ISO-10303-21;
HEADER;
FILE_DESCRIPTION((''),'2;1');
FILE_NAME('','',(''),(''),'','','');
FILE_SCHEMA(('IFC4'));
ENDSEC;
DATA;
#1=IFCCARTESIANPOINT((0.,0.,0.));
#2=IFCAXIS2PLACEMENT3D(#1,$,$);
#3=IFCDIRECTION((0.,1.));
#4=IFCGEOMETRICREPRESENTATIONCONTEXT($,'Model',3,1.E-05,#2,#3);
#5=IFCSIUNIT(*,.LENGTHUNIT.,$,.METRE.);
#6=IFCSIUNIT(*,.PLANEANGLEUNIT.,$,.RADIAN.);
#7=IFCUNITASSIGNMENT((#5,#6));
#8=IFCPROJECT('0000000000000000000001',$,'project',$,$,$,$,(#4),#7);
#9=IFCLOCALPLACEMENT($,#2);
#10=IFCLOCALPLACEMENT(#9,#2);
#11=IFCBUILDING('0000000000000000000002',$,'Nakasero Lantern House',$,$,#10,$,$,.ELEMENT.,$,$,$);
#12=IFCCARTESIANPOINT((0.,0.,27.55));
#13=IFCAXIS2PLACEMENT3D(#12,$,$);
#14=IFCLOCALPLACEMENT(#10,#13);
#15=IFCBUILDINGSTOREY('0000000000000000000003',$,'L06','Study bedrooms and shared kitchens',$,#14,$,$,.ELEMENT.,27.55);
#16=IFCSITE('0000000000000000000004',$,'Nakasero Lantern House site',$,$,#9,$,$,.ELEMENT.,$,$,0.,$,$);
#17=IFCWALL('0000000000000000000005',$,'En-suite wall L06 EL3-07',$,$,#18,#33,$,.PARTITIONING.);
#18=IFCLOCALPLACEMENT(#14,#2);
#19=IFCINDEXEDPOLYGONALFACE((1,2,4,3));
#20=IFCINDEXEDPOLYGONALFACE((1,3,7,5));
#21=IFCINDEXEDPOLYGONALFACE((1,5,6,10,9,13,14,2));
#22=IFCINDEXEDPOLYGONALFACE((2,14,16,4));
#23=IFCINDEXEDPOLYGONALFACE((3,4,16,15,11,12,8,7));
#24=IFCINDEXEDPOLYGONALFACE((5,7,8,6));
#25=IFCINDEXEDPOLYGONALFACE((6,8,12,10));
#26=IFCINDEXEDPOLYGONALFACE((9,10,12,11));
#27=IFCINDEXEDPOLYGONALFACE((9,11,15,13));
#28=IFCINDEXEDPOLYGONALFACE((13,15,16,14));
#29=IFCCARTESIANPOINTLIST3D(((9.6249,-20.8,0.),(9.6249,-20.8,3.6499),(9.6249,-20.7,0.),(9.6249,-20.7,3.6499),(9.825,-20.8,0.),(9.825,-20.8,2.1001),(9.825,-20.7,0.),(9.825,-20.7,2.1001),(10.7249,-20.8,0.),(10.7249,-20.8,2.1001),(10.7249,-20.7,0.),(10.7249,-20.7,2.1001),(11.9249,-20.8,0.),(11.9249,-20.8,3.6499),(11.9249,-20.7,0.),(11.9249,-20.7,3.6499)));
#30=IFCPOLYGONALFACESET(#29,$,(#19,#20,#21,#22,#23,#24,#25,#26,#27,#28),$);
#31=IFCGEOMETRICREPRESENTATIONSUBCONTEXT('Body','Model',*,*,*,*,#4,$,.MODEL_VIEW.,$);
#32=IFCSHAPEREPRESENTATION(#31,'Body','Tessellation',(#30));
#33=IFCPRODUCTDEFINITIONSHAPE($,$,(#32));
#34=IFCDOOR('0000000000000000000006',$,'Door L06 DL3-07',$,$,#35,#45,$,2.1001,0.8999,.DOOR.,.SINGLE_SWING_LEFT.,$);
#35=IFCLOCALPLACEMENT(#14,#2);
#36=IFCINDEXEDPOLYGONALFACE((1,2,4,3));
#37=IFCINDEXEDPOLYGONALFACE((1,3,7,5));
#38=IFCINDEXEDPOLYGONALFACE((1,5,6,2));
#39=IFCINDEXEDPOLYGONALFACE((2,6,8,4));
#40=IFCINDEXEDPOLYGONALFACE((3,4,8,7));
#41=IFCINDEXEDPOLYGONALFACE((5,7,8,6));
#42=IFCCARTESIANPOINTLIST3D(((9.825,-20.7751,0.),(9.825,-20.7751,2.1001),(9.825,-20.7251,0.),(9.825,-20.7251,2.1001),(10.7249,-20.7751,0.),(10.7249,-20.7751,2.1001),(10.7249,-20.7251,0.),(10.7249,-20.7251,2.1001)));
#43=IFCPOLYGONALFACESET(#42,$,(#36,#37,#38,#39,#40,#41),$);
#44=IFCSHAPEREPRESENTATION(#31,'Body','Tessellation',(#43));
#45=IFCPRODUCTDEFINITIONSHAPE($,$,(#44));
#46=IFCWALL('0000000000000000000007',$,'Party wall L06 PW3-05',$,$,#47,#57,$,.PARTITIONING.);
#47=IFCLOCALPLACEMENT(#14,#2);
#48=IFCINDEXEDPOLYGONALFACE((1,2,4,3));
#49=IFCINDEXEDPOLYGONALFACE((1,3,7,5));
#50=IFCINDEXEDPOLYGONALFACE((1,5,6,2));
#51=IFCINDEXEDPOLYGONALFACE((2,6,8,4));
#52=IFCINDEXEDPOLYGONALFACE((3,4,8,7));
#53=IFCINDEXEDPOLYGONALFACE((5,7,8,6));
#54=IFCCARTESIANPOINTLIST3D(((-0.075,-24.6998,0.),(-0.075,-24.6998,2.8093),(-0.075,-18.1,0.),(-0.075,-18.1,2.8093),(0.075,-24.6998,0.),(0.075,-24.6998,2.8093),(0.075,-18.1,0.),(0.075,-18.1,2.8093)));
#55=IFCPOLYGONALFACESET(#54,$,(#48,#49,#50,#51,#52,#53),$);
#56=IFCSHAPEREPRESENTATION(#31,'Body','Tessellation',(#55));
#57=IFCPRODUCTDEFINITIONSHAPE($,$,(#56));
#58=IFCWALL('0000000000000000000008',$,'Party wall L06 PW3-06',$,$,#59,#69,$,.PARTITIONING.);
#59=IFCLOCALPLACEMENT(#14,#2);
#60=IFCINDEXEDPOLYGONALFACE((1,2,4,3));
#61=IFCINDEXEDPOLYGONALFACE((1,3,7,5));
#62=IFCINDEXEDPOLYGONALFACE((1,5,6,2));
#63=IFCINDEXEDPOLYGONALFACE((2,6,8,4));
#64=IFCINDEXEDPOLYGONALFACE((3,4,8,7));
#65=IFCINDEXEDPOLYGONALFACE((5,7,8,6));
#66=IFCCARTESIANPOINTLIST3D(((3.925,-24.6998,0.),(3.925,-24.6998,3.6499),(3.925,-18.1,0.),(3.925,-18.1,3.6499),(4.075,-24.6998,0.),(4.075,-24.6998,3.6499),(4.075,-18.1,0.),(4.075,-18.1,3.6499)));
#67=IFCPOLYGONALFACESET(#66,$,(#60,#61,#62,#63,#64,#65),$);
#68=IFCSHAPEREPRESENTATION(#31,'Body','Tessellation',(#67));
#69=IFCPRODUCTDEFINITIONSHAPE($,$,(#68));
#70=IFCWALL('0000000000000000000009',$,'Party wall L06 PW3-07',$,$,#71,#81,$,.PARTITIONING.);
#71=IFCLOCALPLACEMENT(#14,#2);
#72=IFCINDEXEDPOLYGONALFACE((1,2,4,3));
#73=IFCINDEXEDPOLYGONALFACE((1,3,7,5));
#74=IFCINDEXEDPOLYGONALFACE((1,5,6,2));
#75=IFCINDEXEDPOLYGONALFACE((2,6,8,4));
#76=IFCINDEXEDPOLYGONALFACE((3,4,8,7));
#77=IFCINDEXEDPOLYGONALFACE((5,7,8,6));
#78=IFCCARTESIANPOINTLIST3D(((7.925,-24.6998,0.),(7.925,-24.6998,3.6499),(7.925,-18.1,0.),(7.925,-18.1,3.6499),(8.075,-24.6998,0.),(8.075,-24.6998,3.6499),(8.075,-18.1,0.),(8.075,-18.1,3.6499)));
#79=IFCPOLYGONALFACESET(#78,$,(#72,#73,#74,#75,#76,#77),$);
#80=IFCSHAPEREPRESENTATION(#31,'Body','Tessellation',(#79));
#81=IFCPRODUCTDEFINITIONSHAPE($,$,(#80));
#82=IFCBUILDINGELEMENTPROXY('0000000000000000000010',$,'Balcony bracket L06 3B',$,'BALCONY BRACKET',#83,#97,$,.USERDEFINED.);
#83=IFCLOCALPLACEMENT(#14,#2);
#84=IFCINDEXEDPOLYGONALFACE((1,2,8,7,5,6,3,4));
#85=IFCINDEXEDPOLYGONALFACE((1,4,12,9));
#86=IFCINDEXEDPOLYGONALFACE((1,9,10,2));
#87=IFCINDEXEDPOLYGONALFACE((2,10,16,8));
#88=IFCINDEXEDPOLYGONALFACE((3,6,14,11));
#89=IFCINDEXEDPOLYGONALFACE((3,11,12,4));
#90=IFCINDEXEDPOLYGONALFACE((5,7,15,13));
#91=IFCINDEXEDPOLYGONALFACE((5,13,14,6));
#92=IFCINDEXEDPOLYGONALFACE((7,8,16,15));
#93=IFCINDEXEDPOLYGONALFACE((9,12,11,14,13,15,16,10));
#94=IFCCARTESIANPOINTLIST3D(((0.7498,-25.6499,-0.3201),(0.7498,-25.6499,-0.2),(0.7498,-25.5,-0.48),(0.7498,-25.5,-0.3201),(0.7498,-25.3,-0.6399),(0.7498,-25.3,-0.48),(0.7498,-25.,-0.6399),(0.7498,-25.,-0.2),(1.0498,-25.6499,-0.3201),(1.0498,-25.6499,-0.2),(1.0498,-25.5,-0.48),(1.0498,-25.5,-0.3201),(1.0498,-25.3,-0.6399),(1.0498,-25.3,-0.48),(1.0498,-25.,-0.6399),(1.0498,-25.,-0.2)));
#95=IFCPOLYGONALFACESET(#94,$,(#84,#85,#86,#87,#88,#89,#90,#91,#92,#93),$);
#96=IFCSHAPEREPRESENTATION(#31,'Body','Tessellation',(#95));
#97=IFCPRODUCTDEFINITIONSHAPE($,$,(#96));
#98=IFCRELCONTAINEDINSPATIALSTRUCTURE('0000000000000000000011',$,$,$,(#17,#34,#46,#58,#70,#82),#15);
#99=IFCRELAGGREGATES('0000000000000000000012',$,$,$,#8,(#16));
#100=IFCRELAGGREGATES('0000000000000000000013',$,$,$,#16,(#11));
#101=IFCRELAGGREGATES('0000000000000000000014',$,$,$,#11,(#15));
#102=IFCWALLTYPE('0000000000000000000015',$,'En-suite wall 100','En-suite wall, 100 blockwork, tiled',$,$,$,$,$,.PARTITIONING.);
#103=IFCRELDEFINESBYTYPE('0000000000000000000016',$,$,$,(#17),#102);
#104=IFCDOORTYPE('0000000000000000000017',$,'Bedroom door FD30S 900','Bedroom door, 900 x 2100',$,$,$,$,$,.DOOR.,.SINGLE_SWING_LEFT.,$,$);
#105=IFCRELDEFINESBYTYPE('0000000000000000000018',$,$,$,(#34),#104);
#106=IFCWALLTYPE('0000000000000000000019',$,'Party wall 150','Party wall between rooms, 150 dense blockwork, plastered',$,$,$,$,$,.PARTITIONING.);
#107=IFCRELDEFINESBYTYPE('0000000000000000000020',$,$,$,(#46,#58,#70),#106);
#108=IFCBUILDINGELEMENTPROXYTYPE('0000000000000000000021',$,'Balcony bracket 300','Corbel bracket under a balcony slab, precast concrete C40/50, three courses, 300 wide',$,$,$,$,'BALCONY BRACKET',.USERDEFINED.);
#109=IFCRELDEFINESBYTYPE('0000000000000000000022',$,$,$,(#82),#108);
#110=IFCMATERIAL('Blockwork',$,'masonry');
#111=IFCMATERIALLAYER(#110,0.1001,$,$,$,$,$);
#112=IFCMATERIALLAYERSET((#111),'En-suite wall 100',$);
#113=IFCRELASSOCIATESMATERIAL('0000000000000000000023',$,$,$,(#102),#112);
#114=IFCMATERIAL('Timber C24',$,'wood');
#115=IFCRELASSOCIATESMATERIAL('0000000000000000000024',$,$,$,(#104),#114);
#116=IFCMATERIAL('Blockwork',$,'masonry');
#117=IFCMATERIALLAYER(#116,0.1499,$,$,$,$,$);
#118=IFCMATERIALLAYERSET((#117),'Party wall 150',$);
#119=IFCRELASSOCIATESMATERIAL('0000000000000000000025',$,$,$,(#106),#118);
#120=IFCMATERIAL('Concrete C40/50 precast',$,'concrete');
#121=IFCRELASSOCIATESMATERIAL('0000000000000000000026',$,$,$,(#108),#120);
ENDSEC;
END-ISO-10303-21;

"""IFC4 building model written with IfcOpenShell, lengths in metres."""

from ifc_helpers import new_model, si_unit, direction, frame, frame_2d, origin, place, context, subcontext, project, spatial, polyline, rectangle, outline, extrude, material, layer, layer_set, type_object, element, fill, save


model = new_model("IFC4")

# Units and contexts
model_context = context("Model", 3, precision=1e-05, world=origin(), true_north=direction((0.0, 1.0)))
body_context = subcontext(model_context, "Body", "Model", "MODEL_VIEW")
ifc_project = project(units=[si_unit("LENGTHUNIT", "METRE"), si_unit("PLANEANGLEUNIT", "RADIAN")], contexts=[model_context])

# Site, building, storey
site_placement = place(None, origin())
site = spatial("IfcSite", under=ifc_project, at=site_placement, Name="Nakasero Lantern House site", CompositionType="ELEMENT", RefElevation=0.0)
building_placement = place(site_placement, origin())
building = spatial("IfcBuilding", under=site, at=building_placement, Name="Nakasero Lantern House", CompositionType="ELEMENT")
storey_placement = place(building_placement, frame((0.0, 0.0, 27.55)))
storey = spatial("IfcBuildingStorey", under=building, at=storey_placement, Name="L06", Description="Study bedrooms and shared kitchens", CompositionType="ELEMENT", Elevation=27.55)

# Shared definitions
ifc_material_1 = material(Name="Blockwork", Category="masonry")
ifc_layer_1 = layer(ifc_material_1, 0.1001)
ifc_layer_set_1 = layer_set([ifc_layer_1], Name="En-suite wall 100")
wall_type_1 = type_object("IfcWallType", Name="En-suite wall 100", Description="En-suite wall, 100 blockwork, tiled", PredefinedType="PARTITIONING", material=ifc_layer_set_1)

# Wall, opening, door
ifc_material_2 = material(Name="Timber C24", Category="wood")
door_type_1 = type_object("IfcDoorType", Name="Bedroom door FD30S 900", Description="Bedroom door, 900 x 2100", OperationType="SINGLE_SWING_LEFT", PredefinedType="DOOR", material=ifc_material_2)
wall_1_placement = place(storey_placement, frame((9.625, -20.75, 0.0), z_axis=(0.0, 0.0, 1.0), x_axis=(1.0, 0.0, 0.0)))
wall_1 = element("IfcWall", 1, at=wall_1_placement, inside=storey, type_object=wall_type_1, Name="En-suite wall L06 EL3-07", PredefinedType="PARTITIONING", context=body_context, shape_type="SweptSolid", body=[
    extrude(rectangle(XDim=2.3, YDim=0.1001, at=frame_2d((1.1499, 0.0))), origin(), (0.0, 0.0, 1.0), 3.6499),
])
opening_1_placement = place(wall_1_placement, frame((0.2, 0.0, 0.0)))
opening_1 = element("IfcOpeningElement", 2, at=opening_1_placement, cuts=wall_1, PredefinedType="OPENING", context=body_context, shape_type="SweptSolid", body=[
    extrude(rectangle(XDim=0.8999, YDim=2.1001, at=frame_2d((0.45, 1.05))), frame((0.0, 0.0701, 0.0), z_axis=(0.0, -1.0, 0.0), x_axis=(1.0, 0.0, 0.0)), (0.0, 0.0, 1.0), 0.1401),
])
door_1_placement = place(opening_1_placement, origin())
door_1 = element("IfcDoor", 3, at=door_1_placement, inside=storey, type_object=door_type_1, Name="Door L06 DL3-07", OperationType="SINGLE_SWING_LEFT", OverallHeight=2.1001, OverallWidth=0.8999, PredefinedType="DOOR", context=body_context, shape_type="SweptSolid", body=[
    extrude(rectangle(XDim=0.8999, YDim=2.1001, at=frame_2d((0.45, 1.05))), frame((0.0, 0.0249, 0.0), z_axis=(0.0, -1.0, 0.0), x_axis=(1.0, 0.0, 0.0)), (0.0, 0.0, 1.0), 0.05),
])
fill(opening_1, door_1)

# Walls
ifc_material_3 = material(Name="Blockwork", Category="masonry")
ifc_layer_2 = layer(ifc_material_3, 0.1499)
ifc_layer_set_2 = layer_set([ifc_layer_2], Name="Party wall 150")
wall_type_2 = type_object("IfcWallType", Name="Party wall 150", Description="Party wall between rooms, 150 dense blockwork, plastered", PredefinedType="PARTITIONING", material=ifc_layer_set_2)
wall_2_placement = place(storey_placement, frame((0.0, -18.1001, 0.0), z_axis=(0.0, 0.0, 1.0), x_axis=(0.0, -1.0, 0.0)))
element("IfcWall", 4, at=wall_2_placement, inside=storey, type_object=wall_type_2, Name="Party wall L06 PW3-05", PredefinedType="PARTITIONING", context=body_context, shape_type="SweptSolid", body=[
    extrude(rectangle(XDim=6.5999, YDim=0.1499, at=frame_2d((3.2998, 0.0))), origin(), (0.0, 0.0, 1.0), 2.8093),
])
for number, where, z_axis, x_axis, name in (
    (5, (4.0, -18.1001, 0.0), (0.0, 0.0, 1.0), (0.0, -1.0, 0.0), "Party wall L06 PW3-06"),
    (6, (8.0, -18.1001, 0.0), (0.0, 0.0, 1.0), (0.0, -1.0, 0.0), "Party wall L06 PW3-07"),
):
    element("IfcWall", number, at=place(storey_placement, frame(where, z_axis=z_axis, x_axis=x_axis)), inside=storey, type_object=wall_type_2, Name=name, PredefinedType="PARTITIONING", context=body_context, shape_type="SweptSolid", body=[
        extrude(rectangle(XDim=6.5999, YDim=0.1499, at=frame_2d((3.2998, 0.0))), origin(), (0.0, 0.0, 1.0), 3.6499),
    ])

# Building element proxy
ifc_material_4 = material(Name="Concrete C40/50 precast", Category="concrete")
building_element_proxy_type = type_object("IfcBuildingElementProxyType", Name="Balcony bracket 300", Description="Corbel bracket under a balcony slab, precast concrete C40/50, three courses, 300 wide", ElementType="BALCONY BRACKET", PredefinedType="USERDEFINED", material=ifc_material_4)
proxy_placement = place(storey_placement, frame((0.8999, -25.0, -0.2), z_axis=(0.0, 0.0, 1.0), x_axis=(0.0, -1.0, 0.0)))
element("IfcBuildingElementProxy", 7, at=proxy_placement, inside=storey, type_object=building_element_proxy_type, Name="Balcony bracket L06 3B", ObjectType="BALCONY BRACKET", PredefinedType="USERDEFINED", context=body_context, shape_type="SweptSolid", body=[
    extrude(outline(polyline([(0.0, 0.0), (0.6499, 0.0), (0.6499, -0.1201), (0.5, -0.1201), (0.5, -0.28), (0.3, -0.28), (0.3, -0.4399), (0.0, -0.4399), (0.0, 0.0)])), frame((0.0, 0.1499, 0.0), z_axis=(0.0, -1.0, 0.0), x_axis=(1.0, 0.0, 0.0)), (0.0, 0.0, 1.0), 0.3),
])

save(model, "model.ifc")
